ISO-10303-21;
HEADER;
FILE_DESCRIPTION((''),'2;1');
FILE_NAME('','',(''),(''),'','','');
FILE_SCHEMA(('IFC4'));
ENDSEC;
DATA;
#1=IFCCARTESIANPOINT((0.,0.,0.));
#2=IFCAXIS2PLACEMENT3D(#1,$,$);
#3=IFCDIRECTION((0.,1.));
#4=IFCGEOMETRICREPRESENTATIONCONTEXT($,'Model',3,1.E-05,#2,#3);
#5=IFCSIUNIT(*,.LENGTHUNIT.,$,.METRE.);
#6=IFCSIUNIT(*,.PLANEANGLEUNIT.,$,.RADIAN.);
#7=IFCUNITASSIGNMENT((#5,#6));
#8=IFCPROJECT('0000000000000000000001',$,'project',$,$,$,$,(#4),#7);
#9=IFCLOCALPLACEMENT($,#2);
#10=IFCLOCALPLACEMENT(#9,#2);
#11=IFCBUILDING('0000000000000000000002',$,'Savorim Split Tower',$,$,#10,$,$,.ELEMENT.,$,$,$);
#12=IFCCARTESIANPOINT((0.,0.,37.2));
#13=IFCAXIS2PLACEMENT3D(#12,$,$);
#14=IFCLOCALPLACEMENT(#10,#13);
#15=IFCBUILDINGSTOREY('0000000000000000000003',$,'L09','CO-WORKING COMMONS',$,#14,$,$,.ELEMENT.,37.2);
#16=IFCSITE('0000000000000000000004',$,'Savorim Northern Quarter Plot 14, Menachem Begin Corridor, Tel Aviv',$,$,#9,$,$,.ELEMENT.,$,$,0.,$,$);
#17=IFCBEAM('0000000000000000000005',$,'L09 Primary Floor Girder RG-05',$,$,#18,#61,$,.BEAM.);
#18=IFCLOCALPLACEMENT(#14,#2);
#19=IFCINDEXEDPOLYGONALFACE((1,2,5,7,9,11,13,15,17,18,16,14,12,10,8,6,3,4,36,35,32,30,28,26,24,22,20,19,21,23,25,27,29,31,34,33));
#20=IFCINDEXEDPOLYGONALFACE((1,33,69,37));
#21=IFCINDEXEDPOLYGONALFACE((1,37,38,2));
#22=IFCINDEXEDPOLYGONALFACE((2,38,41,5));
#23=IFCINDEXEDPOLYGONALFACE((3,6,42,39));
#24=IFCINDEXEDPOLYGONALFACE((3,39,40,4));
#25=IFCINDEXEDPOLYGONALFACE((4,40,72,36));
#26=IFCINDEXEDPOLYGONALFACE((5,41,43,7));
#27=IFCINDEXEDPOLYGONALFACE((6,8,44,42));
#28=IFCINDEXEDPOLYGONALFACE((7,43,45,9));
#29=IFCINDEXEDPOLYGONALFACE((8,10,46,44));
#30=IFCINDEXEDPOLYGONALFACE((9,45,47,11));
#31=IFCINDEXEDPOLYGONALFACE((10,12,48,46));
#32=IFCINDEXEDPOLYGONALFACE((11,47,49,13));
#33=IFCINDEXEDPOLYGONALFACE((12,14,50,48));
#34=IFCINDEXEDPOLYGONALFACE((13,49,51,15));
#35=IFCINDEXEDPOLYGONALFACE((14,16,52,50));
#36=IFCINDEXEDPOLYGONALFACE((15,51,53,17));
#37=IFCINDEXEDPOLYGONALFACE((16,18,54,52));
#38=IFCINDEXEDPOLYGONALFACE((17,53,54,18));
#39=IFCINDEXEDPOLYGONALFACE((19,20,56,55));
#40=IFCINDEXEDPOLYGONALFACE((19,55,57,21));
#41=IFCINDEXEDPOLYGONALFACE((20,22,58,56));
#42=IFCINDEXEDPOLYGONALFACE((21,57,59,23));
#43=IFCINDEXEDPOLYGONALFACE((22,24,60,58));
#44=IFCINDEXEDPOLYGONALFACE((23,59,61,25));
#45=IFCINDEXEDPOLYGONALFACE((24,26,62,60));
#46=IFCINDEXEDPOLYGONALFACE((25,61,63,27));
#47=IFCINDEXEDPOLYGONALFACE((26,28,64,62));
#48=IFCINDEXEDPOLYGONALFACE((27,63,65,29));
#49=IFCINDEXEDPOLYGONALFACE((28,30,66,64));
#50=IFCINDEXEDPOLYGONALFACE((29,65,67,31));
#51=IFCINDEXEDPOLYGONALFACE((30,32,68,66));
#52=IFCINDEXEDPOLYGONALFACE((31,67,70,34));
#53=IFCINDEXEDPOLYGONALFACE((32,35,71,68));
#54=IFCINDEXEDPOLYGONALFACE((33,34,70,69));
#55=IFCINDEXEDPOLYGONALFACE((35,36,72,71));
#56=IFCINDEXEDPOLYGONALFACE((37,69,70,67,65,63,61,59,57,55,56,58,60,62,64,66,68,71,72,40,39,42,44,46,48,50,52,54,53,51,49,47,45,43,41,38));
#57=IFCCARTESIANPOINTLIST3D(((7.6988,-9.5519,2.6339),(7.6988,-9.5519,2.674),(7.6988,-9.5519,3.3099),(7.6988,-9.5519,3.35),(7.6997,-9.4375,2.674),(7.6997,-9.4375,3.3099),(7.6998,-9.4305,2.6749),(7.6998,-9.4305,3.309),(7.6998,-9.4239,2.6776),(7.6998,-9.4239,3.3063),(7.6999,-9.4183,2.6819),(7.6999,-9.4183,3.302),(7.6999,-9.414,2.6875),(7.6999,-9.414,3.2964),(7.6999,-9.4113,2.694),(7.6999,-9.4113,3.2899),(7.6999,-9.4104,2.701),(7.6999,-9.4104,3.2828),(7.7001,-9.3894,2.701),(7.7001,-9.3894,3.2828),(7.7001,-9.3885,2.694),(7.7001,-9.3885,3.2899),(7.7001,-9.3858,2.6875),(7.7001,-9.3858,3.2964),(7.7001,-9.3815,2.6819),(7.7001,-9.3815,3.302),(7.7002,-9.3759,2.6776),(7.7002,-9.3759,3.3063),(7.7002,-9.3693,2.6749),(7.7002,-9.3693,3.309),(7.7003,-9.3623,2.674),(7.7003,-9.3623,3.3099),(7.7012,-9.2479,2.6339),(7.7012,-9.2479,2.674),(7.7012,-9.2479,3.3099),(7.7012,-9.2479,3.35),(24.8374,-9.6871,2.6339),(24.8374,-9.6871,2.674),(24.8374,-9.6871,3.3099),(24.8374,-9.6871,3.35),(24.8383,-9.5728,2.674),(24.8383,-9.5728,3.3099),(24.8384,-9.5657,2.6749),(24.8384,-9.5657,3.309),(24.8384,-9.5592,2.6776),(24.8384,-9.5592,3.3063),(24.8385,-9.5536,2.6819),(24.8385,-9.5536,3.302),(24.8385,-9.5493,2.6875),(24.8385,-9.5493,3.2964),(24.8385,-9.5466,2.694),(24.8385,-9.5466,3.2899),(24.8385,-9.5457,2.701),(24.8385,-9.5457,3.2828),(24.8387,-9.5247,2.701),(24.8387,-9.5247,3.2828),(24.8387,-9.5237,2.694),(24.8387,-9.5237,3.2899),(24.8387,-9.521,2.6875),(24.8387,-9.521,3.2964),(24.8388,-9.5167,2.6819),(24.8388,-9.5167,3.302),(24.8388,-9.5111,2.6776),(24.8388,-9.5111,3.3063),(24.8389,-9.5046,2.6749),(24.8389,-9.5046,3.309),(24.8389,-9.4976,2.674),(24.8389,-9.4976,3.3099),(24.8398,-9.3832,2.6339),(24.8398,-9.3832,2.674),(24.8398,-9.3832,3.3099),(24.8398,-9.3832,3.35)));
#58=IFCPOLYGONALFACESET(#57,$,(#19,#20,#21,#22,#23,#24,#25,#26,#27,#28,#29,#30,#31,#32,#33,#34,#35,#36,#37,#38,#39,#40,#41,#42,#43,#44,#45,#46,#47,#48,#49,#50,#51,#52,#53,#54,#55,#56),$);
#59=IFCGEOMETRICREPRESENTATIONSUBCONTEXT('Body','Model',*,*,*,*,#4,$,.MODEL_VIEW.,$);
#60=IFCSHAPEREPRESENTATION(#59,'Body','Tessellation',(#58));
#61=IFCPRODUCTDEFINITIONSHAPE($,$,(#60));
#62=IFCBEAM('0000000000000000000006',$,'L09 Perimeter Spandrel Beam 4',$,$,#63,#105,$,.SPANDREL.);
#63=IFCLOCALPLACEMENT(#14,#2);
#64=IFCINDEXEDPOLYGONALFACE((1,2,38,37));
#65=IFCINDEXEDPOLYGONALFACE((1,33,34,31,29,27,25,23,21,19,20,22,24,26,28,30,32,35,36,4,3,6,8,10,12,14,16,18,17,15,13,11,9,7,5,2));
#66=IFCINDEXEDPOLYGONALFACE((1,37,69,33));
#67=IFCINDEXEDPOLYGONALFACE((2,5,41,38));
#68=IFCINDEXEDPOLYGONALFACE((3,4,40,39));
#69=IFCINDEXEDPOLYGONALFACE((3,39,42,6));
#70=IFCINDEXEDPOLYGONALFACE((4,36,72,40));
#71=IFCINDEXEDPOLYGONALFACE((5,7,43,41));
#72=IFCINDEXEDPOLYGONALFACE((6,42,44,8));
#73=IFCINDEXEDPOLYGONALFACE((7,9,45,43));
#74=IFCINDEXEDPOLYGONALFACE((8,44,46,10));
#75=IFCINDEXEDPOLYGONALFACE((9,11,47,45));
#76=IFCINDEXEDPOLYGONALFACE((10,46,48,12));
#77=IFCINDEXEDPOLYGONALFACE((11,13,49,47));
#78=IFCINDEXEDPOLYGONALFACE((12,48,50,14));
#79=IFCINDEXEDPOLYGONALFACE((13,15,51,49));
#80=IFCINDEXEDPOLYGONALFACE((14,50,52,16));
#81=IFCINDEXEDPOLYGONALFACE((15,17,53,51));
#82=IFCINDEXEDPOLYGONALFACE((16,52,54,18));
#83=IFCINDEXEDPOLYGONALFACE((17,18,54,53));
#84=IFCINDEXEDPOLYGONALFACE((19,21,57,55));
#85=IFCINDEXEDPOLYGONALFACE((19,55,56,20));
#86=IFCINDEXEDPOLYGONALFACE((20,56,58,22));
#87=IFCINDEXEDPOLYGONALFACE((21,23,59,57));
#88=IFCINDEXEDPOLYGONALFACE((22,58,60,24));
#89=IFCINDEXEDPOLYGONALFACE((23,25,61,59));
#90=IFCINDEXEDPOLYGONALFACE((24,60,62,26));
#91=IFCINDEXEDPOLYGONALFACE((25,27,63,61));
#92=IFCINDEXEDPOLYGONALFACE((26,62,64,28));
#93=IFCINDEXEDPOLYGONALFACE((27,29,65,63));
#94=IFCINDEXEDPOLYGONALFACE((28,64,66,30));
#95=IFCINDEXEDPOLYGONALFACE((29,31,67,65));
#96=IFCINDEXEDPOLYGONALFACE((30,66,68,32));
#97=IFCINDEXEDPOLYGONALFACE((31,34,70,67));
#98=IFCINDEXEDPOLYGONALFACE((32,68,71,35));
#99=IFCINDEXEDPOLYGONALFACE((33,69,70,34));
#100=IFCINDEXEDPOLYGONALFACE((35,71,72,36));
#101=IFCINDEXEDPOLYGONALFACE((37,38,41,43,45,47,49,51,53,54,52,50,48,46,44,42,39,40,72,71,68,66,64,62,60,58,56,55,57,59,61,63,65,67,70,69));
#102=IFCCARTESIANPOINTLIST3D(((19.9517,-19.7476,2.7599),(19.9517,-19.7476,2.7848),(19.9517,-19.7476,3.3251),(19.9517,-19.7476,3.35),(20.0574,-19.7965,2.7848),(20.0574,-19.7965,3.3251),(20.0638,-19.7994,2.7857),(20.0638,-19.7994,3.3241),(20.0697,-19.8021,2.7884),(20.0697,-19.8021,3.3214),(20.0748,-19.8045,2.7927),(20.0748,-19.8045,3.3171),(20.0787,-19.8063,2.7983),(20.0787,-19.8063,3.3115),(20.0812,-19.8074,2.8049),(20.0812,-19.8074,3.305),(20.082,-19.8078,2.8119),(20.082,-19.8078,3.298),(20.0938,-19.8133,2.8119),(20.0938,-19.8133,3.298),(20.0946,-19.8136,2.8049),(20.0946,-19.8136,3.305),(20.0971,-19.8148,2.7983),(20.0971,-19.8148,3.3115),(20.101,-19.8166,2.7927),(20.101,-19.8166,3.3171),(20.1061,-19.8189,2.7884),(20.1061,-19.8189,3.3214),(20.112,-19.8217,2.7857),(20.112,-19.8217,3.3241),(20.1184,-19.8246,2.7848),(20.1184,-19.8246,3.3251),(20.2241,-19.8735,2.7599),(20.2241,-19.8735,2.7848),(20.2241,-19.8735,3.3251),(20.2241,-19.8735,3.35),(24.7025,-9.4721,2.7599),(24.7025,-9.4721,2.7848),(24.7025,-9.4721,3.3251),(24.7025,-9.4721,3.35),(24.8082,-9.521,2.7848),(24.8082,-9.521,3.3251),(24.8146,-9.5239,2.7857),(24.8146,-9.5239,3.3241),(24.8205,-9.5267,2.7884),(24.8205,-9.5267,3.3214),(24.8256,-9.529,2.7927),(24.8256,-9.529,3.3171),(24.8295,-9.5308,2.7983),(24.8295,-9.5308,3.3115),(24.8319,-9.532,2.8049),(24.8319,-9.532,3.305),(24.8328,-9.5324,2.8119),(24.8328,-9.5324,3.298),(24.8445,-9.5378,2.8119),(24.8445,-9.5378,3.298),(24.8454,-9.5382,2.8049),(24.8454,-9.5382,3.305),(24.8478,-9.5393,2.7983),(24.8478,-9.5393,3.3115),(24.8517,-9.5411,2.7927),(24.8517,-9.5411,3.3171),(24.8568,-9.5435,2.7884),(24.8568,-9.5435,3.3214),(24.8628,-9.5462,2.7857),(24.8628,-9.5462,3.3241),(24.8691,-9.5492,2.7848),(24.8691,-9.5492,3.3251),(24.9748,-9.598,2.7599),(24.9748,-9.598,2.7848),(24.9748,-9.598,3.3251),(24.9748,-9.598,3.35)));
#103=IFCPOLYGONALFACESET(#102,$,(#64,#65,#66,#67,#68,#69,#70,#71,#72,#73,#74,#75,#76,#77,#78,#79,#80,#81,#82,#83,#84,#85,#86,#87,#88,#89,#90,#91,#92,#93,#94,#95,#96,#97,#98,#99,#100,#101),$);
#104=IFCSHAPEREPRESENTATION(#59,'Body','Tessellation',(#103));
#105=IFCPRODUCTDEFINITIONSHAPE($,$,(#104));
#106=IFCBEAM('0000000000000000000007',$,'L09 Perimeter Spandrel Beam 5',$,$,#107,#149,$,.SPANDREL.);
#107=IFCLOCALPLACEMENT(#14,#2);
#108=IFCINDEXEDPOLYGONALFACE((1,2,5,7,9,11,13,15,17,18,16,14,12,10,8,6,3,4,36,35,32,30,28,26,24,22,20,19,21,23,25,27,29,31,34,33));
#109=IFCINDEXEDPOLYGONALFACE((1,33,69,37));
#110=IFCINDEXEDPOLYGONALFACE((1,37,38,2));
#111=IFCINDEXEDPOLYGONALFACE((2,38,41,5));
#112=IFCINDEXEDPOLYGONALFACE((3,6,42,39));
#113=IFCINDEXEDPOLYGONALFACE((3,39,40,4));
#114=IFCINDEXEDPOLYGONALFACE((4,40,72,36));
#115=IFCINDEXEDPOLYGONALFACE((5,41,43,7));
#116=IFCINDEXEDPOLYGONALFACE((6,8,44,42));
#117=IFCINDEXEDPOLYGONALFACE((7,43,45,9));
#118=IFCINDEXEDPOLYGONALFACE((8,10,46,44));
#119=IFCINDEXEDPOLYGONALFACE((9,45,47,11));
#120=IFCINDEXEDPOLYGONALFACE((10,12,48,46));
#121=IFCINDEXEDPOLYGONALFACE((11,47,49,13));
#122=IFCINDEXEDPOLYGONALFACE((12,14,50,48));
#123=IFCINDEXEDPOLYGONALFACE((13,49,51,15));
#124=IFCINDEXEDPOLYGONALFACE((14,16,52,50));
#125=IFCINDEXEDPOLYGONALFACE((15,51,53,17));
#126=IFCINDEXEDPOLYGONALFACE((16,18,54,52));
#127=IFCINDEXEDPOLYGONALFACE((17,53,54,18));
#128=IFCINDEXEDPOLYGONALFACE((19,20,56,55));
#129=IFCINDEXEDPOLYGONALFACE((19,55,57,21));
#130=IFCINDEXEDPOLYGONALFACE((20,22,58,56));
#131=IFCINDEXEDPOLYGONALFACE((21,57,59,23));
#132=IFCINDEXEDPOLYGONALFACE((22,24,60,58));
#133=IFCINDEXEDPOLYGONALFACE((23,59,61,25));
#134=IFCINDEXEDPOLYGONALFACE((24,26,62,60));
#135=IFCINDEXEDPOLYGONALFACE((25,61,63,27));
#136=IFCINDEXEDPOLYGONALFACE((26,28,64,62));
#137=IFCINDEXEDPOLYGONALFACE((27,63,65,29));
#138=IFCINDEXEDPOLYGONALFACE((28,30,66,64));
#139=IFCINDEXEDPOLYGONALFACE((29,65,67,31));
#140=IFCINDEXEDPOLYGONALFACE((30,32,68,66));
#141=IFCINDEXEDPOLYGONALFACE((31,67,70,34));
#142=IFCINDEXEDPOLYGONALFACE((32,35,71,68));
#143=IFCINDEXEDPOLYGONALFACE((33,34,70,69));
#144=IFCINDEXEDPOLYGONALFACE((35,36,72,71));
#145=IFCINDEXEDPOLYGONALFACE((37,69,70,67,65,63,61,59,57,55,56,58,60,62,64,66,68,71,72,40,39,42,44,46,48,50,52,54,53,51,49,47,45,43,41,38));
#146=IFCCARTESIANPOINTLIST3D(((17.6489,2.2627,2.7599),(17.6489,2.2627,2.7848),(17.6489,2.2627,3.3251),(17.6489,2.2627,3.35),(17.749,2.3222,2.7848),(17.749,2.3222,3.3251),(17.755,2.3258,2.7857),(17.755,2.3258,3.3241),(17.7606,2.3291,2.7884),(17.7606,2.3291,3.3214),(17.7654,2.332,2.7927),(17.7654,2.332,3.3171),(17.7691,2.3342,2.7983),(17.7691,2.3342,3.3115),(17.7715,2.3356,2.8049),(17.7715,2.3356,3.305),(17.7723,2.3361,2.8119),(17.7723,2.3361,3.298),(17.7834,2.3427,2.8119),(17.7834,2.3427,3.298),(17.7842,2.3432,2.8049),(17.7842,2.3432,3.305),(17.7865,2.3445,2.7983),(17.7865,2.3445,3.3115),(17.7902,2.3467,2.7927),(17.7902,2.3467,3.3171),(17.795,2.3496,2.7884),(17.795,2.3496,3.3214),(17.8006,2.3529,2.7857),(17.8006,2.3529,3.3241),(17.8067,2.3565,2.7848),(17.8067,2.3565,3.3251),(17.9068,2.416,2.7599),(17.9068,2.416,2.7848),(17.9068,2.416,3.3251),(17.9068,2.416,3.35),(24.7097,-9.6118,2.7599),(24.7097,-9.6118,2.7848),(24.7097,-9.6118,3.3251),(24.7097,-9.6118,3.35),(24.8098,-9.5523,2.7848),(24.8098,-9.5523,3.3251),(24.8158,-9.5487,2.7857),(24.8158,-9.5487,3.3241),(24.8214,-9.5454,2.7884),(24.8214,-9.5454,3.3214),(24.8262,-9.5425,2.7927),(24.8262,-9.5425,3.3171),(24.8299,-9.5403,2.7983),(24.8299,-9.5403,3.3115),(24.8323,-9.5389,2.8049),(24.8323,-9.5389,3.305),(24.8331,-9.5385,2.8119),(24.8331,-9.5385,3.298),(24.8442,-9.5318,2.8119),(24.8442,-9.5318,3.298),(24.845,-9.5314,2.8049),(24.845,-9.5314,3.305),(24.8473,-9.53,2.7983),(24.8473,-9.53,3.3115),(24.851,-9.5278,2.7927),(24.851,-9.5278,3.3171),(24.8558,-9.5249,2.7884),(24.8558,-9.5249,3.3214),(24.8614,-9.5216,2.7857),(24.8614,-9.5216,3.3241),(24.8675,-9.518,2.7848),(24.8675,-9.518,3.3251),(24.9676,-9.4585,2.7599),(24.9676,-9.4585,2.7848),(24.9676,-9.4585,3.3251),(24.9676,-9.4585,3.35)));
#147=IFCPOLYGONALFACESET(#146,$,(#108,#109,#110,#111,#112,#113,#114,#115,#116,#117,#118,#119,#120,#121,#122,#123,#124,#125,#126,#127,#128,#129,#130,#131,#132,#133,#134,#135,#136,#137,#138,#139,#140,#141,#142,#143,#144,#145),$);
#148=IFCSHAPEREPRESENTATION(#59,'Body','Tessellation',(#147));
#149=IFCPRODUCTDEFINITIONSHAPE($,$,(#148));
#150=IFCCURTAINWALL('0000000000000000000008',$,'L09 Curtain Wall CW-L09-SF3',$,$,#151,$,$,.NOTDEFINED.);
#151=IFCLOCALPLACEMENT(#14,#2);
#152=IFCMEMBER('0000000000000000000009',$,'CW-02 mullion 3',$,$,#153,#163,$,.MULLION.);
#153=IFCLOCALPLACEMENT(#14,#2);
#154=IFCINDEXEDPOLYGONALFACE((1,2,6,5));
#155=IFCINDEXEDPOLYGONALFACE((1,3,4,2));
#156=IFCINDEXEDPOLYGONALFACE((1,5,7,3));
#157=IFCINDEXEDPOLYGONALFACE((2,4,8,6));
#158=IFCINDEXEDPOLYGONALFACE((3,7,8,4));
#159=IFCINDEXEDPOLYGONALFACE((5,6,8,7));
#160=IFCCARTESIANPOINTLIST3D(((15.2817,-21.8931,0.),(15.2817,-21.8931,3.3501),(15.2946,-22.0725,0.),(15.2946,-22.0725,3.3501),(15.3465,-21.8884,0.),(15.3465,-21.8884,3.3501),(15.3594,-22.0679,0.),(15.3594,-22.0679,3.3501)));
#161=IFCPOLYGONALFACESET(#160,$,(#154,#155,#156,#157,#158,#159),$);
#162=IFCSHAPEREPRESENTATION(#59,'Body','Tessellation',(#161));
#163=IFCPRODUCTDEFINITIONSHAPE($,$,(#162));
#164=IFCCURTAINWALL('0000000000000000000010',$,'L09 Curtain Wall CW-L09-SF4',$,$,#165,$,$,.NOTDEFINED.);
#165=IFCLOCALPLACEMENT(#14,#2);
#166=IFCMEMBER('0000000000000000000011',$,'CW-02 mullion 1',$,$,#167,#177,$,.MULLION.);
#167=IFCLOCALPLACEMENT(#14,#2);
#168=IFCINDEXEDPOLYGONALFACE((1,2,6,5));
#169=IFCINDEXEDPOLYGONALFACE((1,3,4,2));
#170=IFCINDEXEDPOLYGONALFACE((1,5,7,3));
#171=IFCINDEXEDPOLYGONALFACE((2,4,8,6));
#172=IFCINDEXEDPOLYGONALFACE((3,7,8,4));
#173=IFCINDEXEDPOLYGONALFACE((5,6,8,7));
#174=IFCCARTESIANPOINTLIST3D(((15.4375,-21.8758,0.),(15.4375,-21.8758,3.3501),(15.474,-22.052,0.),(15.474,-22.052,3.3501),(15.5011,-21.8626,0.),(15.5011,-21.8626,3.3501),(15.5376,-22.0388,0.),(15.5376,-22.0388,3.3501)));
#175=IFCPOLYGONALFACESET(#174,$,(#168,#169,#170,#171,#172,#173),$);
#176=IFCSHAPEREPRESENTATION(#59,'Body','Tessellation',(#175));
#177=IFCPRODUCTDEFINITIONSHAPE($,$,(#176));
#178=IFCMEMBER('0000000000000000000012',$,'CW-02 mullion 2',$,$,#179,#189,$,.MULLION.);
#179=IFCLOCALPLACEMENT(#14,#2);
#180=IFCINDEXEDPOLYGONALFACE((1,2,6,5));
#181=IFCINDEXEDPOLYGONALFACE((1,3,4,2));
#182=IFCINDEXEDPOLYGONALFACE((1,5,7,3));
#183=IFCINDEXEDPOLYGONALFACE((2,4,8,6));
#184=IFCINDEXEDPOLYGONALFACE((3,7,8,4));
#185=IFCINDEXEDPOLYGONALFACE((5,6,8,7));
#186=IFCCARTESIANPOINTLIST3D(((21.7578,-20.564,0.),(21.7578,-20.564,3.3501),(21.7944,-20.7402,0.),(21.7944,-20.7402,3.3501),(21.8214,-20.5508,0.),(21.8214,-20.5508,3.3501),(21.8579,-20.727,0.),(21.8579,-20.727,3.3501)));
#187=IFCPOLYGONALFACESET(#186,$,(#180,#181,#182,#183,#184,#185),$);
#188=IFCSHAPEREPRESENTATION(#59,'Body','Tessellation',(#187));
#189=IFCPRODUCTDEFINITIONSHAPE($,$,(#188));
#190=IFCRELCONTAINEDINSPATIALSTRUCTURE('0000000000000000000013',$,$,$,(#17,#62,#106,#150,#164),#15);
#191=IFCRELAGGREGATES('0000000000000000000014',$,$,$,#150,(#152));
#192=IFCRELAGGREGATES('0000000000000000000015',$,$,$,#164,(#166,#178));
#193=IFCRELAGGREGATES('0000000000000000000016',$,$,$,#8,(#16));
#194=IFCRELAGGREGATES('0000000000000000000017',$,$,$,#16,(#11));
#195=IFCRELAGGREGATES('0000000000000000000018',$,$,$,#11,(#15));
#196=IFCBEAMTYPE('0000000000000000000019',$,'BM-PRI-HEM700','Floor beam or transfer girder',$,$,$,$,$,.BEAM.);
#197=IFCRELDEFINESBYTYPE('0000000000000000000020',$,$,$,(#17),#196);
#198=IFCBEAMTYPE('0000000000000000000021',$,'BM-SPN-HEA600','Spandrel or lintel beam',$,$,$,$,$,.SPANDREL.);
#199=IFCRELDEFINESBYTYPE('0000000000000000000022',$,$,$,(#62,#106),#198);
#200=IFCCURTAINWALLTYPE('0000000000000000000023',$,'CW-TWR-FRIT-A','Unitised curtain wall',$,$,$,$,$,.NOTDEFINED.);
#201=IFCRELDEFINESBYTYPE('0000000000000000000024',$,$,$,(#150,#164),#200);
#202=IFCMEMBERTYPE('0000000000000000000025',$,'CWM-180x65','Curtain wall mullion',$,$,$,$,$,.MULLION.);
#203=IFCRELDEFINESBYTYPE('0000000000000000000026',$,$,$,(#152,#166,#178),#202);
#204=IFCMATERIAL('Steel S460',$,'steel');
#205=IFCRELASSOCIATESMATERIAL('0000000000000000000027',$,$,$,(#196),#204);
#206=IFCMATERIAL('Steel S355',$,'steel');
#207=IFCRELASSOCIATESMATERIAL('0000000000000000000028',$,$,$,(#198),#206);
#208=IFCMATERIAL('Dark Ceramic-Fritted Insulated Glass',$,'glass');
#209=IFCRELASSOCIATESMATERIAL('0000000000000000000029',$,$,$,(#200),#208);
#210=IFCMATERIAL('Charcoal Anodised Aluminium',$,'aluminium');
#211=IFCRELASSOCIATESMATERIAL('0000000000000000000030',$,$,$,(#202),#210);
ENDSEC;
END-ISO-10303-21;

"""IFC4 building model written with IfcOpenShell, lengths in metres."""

from ifc_helpers import new_model, si_unit, direction, frame, origin, origin_2d, place, context, subcontext, project, spatial, rectangle, i_section, extrude, material, material_profile, profile_set, type_object, element, aggregate, save


model = new_model("IFC4")

# Units and contexts
model_context = context("Model", 3, precision=1e-05, world=origin(), true_north=direction((0.0, 1.0)))
body_context = subcontext(model_context, "Body", "Model", "MODEL_VIEW")
ifc_project = project(units=[si_unit("LENGTHUNIT", "METRE"), si_unit("PLANEANGLEUNIT", "RADIAN")], contexts=[model_context])

# Site, building, storey
site_placement = place(None, origin())
site = spatial("IfcSite", under=ifc_project, at=site_placement, Name="Savorim Northern Quarter Plot 14, Menachem Begin Corridor, Tel Aviv", CompositionType="ELEMENT", RefElevation=0.0)
building_placement = place(site_placement, origin())
building = spatial("IfcBuilding", under=site, at=building_placement, Name="Savorim Split Tower", CompositionType="ELEMENT")
storey_placement = place(building_placement, frame((0.0, 0.0, 37.2)))
storey = spatial("IfcBuildingStorey", under=building, at=storey_placement, Name="L09", Description="CO-WORKING COMMONS", CompositionType="ELEMENT", Elevation=37.2)

# Shared definitions
ifc_material_1 = material(Name="Steel S460", Category="steel")

# Beams
ifc_material_2 = material(Name="Steel S355", Category="steel")
ifc_material_profile_1 = material_profile(ifc_material_1, i_section(OverallWidth=0.304, OverallDepth=0.7161, WebThickness=0.021, FlangeThickness=0.04, FilletRadius=0.0271, at=origin_2d()), Name="HE 700 M")
ifc_profile_set_1 = profile_set([ifc_material_profile_1], Name="Steel S460")
beam_type_1 = type_object("IfcBeamType", Name="BM-PRI-HEM700", Description="Floor beam or transfer girder", PredefinedType="BEAM", material=ifc_profile_set_1)
beam_1_placement = place(storey_placement, frame((24.8386, -9.5352, 2.9919), z_axis=(-0.999969, 0.007891, 0.0), x_axis=(-0.007891, -0.999969, 0.0)))
element("IfcBeam", 1, at=beam_1_placement, inside=storey, type_object=beam_type_1, Name="L09 Primary Floor Girder RG-05", PredefinedType="BEAM", context=body_context, shape_type="SweptSolid", body=[
    extrude(i_section(OverallWidth=0.304, OverallDepth=0.7161, WebThickness=0.021, FlangeThickness=0.04, FilletRadius=0.0271, at=origin_2d()), origin(), (0.0, 0.0, 1.0), 17.1392),
])
ifc_material_profile_2 = material_profile(ifc_material_2, i_section(OverallWidth=0.3, OverallDepth=0.5901, WebThickness=0.0129, FlangeThickness=0.0249, FilletRadius=0.0271, at=origin_2d()), Name="HEA 600")
ifc_profile_set_2 = profile_set([ifc_material_profile_2], Name="Steel S355")
beam_type_2 = type_object("IfcBeamType", Name="BM-SPN-HEA600", Description="Spandrel or lintel beam", PredefinedType="SPANDREL", material=ifc_profile_set_2)
beam_2_placement = place(storey_placement, frame((20.0879, -19.8105, 3.0549), z_axis=(0.419658, 0.907682, 0.0), x_axis=(-0.907682, 0.419658, 0.0)))
element("IfcBeam", 2, at=beam_2_placement, inside=storey, type_object=beam_type_2, Name="L09 Perimeter Spandrel Beam 4", PredefinedType="SPANDREL", context=body_context, shape_type="SweptSolid", body=[
    extrude(i_section(OverallWidth=0.3, OverallDepth=0.5901, WebThickness=0.0129, FlangeThickness=0.0249, FilletRadius=0.0271, at=origin_2d()), origin(), (0.0, 0.0, 1.0), 11.3206),
])
beam_3_placement = place(storey_placement, frame((24.8386, -9.5352, 3.0549), z_axis=(-0.51109, 0.859527, 0.0), x_axis=(-0.859527, -0.51109, 0.0)))
element("IfcBeam", 3, at=beam_3_placement, inside=storey, type_object=beam_type_2, Name="L09 Perimeter Spandrel Beam 5", PredefinedType="SPANDREL", context=body_context, shape_type="SweptSolid", body=[
    extrude(i_section(OverallWidth=0.3, OverallDepth=0.5901, WebThickness=0.0129, FlangeThickness=0.0249, FilletRadius=0.0271, at=origin_2d()), origin(), (0.0, 0.0, 1.0), 13.8152),
])

# Curtain wall, member
ifc_material_3 = material(Name="Dark Ceramic-Fritted Insulated Glass", Category="glass")
curtain_wall_type = type_object("IfcCurtainWallType", Name="CW-TWR-FRIT-A", Description="Unitised curtain wall", PredefinedType="NOTDEFINED", material=ifc_material_3)
curtain_wall_1_placement = place(storey_placement, origin())
curtain_wall_1 = element("IfcCurtainWall", 4, at=curtain_wall_1_placement, inside=storey, type_object=curtain_wall_type, Name="L09 Curtain Wall CW-L09-SF3", PredefinedType="NOTDEFINED")
ifc_material_4 = material(Name="Charcoal Anodised Aluminium", Category="aluminium")
ifc_material_profile_3 = material_profile(ifc_material_4, rectangle(XDim=0.1799, YDim=0.0649, at=origin_2d()), Name="ALU-M 180x65")
ifc_profile_set_3 = profile_set([ifc_material_profile_3], Name="Charcoal Anodised Aluminium")
member_type_1 = type_object("IfcMemberType", Name="CWM-180x65", Description="Curtain wall mullion", PredefinedType="MULLION", material=ifc_profile_set_3)
member_1_placement = place(storey_placement, frame((15.3206, -21.9805, 0.0), z_axis=(0.0, 0.0, 1.0), x_axis=(-0.07156, 0.997436, 0.0)))
member_1 = element("IfcMember", 5, at=member_1_placement, type_object=member_type_1, Name="CW-02 mullion 3", PredefinedType="MULLION", context=body_context, shape_type="SweptSolid", body=[
    extrude(rectangle(XDim=0.1799, YDim=0.0649, at=origin_2d()), origin(), (0.0, 0.0, 1.0), 3.3501),
])
aggregate(curtain_wall_1, [member_1])

# Curtain wall, members
curtain_wall_2_placement = place(storey_placement, origin())
curtain_wall_2 = element("IfcCurtainWall", 6, at=curtain_wall_2_placement, inside=storey, type_object=curtain_wall_type, Name="L09 Curtain Wall CW-L09-SF4", PredefinedType="NOTDEFINED")
member_2_placement = place(storey_placement, frame((15.4875, -21.9573, 0.0), z_axis=(0.0, 0.0, 1.0), x_axis=(-0.20321, 0.979135, 0.0)))
member_2 = element("IfcMember", 7, at=member_2_placement, type_object=member_type_1, Name="CW-02 mullion 1", PredefinedType="MULLION", context=body_context, shape_type="SweptSolid", body=[
    extrude(rectangle(XDim=0.1799, YDim=0.0649, at=origin_2d()), origin(), (0.0, 0.0, 1.0), 3.3501),
])
member_3_placement = place(storey_placement, frame((21.8079, -20.6455, 0.0), z_axis=(0.0, 0.0, 1.0), x_axis=(-0.20321, 0.979135, 0.0)))
member_3 = element("IfcMember", 8, at=member_3_placement, type_object=member_type_1, Name="CW-02 mullion 2", PredefinedType="MULLION", context=body_context, shape_type="SweptSolid", body=[
    extrude(rectangle(XDim=0.1799, YDim=0.0649, at=origin_2d()), origin(), (0.0, 0.0, 1.0), 3.3501),
])

aggregate(curtain_wall_2, [member_2, member_3])

save(model, "model.ifc")
